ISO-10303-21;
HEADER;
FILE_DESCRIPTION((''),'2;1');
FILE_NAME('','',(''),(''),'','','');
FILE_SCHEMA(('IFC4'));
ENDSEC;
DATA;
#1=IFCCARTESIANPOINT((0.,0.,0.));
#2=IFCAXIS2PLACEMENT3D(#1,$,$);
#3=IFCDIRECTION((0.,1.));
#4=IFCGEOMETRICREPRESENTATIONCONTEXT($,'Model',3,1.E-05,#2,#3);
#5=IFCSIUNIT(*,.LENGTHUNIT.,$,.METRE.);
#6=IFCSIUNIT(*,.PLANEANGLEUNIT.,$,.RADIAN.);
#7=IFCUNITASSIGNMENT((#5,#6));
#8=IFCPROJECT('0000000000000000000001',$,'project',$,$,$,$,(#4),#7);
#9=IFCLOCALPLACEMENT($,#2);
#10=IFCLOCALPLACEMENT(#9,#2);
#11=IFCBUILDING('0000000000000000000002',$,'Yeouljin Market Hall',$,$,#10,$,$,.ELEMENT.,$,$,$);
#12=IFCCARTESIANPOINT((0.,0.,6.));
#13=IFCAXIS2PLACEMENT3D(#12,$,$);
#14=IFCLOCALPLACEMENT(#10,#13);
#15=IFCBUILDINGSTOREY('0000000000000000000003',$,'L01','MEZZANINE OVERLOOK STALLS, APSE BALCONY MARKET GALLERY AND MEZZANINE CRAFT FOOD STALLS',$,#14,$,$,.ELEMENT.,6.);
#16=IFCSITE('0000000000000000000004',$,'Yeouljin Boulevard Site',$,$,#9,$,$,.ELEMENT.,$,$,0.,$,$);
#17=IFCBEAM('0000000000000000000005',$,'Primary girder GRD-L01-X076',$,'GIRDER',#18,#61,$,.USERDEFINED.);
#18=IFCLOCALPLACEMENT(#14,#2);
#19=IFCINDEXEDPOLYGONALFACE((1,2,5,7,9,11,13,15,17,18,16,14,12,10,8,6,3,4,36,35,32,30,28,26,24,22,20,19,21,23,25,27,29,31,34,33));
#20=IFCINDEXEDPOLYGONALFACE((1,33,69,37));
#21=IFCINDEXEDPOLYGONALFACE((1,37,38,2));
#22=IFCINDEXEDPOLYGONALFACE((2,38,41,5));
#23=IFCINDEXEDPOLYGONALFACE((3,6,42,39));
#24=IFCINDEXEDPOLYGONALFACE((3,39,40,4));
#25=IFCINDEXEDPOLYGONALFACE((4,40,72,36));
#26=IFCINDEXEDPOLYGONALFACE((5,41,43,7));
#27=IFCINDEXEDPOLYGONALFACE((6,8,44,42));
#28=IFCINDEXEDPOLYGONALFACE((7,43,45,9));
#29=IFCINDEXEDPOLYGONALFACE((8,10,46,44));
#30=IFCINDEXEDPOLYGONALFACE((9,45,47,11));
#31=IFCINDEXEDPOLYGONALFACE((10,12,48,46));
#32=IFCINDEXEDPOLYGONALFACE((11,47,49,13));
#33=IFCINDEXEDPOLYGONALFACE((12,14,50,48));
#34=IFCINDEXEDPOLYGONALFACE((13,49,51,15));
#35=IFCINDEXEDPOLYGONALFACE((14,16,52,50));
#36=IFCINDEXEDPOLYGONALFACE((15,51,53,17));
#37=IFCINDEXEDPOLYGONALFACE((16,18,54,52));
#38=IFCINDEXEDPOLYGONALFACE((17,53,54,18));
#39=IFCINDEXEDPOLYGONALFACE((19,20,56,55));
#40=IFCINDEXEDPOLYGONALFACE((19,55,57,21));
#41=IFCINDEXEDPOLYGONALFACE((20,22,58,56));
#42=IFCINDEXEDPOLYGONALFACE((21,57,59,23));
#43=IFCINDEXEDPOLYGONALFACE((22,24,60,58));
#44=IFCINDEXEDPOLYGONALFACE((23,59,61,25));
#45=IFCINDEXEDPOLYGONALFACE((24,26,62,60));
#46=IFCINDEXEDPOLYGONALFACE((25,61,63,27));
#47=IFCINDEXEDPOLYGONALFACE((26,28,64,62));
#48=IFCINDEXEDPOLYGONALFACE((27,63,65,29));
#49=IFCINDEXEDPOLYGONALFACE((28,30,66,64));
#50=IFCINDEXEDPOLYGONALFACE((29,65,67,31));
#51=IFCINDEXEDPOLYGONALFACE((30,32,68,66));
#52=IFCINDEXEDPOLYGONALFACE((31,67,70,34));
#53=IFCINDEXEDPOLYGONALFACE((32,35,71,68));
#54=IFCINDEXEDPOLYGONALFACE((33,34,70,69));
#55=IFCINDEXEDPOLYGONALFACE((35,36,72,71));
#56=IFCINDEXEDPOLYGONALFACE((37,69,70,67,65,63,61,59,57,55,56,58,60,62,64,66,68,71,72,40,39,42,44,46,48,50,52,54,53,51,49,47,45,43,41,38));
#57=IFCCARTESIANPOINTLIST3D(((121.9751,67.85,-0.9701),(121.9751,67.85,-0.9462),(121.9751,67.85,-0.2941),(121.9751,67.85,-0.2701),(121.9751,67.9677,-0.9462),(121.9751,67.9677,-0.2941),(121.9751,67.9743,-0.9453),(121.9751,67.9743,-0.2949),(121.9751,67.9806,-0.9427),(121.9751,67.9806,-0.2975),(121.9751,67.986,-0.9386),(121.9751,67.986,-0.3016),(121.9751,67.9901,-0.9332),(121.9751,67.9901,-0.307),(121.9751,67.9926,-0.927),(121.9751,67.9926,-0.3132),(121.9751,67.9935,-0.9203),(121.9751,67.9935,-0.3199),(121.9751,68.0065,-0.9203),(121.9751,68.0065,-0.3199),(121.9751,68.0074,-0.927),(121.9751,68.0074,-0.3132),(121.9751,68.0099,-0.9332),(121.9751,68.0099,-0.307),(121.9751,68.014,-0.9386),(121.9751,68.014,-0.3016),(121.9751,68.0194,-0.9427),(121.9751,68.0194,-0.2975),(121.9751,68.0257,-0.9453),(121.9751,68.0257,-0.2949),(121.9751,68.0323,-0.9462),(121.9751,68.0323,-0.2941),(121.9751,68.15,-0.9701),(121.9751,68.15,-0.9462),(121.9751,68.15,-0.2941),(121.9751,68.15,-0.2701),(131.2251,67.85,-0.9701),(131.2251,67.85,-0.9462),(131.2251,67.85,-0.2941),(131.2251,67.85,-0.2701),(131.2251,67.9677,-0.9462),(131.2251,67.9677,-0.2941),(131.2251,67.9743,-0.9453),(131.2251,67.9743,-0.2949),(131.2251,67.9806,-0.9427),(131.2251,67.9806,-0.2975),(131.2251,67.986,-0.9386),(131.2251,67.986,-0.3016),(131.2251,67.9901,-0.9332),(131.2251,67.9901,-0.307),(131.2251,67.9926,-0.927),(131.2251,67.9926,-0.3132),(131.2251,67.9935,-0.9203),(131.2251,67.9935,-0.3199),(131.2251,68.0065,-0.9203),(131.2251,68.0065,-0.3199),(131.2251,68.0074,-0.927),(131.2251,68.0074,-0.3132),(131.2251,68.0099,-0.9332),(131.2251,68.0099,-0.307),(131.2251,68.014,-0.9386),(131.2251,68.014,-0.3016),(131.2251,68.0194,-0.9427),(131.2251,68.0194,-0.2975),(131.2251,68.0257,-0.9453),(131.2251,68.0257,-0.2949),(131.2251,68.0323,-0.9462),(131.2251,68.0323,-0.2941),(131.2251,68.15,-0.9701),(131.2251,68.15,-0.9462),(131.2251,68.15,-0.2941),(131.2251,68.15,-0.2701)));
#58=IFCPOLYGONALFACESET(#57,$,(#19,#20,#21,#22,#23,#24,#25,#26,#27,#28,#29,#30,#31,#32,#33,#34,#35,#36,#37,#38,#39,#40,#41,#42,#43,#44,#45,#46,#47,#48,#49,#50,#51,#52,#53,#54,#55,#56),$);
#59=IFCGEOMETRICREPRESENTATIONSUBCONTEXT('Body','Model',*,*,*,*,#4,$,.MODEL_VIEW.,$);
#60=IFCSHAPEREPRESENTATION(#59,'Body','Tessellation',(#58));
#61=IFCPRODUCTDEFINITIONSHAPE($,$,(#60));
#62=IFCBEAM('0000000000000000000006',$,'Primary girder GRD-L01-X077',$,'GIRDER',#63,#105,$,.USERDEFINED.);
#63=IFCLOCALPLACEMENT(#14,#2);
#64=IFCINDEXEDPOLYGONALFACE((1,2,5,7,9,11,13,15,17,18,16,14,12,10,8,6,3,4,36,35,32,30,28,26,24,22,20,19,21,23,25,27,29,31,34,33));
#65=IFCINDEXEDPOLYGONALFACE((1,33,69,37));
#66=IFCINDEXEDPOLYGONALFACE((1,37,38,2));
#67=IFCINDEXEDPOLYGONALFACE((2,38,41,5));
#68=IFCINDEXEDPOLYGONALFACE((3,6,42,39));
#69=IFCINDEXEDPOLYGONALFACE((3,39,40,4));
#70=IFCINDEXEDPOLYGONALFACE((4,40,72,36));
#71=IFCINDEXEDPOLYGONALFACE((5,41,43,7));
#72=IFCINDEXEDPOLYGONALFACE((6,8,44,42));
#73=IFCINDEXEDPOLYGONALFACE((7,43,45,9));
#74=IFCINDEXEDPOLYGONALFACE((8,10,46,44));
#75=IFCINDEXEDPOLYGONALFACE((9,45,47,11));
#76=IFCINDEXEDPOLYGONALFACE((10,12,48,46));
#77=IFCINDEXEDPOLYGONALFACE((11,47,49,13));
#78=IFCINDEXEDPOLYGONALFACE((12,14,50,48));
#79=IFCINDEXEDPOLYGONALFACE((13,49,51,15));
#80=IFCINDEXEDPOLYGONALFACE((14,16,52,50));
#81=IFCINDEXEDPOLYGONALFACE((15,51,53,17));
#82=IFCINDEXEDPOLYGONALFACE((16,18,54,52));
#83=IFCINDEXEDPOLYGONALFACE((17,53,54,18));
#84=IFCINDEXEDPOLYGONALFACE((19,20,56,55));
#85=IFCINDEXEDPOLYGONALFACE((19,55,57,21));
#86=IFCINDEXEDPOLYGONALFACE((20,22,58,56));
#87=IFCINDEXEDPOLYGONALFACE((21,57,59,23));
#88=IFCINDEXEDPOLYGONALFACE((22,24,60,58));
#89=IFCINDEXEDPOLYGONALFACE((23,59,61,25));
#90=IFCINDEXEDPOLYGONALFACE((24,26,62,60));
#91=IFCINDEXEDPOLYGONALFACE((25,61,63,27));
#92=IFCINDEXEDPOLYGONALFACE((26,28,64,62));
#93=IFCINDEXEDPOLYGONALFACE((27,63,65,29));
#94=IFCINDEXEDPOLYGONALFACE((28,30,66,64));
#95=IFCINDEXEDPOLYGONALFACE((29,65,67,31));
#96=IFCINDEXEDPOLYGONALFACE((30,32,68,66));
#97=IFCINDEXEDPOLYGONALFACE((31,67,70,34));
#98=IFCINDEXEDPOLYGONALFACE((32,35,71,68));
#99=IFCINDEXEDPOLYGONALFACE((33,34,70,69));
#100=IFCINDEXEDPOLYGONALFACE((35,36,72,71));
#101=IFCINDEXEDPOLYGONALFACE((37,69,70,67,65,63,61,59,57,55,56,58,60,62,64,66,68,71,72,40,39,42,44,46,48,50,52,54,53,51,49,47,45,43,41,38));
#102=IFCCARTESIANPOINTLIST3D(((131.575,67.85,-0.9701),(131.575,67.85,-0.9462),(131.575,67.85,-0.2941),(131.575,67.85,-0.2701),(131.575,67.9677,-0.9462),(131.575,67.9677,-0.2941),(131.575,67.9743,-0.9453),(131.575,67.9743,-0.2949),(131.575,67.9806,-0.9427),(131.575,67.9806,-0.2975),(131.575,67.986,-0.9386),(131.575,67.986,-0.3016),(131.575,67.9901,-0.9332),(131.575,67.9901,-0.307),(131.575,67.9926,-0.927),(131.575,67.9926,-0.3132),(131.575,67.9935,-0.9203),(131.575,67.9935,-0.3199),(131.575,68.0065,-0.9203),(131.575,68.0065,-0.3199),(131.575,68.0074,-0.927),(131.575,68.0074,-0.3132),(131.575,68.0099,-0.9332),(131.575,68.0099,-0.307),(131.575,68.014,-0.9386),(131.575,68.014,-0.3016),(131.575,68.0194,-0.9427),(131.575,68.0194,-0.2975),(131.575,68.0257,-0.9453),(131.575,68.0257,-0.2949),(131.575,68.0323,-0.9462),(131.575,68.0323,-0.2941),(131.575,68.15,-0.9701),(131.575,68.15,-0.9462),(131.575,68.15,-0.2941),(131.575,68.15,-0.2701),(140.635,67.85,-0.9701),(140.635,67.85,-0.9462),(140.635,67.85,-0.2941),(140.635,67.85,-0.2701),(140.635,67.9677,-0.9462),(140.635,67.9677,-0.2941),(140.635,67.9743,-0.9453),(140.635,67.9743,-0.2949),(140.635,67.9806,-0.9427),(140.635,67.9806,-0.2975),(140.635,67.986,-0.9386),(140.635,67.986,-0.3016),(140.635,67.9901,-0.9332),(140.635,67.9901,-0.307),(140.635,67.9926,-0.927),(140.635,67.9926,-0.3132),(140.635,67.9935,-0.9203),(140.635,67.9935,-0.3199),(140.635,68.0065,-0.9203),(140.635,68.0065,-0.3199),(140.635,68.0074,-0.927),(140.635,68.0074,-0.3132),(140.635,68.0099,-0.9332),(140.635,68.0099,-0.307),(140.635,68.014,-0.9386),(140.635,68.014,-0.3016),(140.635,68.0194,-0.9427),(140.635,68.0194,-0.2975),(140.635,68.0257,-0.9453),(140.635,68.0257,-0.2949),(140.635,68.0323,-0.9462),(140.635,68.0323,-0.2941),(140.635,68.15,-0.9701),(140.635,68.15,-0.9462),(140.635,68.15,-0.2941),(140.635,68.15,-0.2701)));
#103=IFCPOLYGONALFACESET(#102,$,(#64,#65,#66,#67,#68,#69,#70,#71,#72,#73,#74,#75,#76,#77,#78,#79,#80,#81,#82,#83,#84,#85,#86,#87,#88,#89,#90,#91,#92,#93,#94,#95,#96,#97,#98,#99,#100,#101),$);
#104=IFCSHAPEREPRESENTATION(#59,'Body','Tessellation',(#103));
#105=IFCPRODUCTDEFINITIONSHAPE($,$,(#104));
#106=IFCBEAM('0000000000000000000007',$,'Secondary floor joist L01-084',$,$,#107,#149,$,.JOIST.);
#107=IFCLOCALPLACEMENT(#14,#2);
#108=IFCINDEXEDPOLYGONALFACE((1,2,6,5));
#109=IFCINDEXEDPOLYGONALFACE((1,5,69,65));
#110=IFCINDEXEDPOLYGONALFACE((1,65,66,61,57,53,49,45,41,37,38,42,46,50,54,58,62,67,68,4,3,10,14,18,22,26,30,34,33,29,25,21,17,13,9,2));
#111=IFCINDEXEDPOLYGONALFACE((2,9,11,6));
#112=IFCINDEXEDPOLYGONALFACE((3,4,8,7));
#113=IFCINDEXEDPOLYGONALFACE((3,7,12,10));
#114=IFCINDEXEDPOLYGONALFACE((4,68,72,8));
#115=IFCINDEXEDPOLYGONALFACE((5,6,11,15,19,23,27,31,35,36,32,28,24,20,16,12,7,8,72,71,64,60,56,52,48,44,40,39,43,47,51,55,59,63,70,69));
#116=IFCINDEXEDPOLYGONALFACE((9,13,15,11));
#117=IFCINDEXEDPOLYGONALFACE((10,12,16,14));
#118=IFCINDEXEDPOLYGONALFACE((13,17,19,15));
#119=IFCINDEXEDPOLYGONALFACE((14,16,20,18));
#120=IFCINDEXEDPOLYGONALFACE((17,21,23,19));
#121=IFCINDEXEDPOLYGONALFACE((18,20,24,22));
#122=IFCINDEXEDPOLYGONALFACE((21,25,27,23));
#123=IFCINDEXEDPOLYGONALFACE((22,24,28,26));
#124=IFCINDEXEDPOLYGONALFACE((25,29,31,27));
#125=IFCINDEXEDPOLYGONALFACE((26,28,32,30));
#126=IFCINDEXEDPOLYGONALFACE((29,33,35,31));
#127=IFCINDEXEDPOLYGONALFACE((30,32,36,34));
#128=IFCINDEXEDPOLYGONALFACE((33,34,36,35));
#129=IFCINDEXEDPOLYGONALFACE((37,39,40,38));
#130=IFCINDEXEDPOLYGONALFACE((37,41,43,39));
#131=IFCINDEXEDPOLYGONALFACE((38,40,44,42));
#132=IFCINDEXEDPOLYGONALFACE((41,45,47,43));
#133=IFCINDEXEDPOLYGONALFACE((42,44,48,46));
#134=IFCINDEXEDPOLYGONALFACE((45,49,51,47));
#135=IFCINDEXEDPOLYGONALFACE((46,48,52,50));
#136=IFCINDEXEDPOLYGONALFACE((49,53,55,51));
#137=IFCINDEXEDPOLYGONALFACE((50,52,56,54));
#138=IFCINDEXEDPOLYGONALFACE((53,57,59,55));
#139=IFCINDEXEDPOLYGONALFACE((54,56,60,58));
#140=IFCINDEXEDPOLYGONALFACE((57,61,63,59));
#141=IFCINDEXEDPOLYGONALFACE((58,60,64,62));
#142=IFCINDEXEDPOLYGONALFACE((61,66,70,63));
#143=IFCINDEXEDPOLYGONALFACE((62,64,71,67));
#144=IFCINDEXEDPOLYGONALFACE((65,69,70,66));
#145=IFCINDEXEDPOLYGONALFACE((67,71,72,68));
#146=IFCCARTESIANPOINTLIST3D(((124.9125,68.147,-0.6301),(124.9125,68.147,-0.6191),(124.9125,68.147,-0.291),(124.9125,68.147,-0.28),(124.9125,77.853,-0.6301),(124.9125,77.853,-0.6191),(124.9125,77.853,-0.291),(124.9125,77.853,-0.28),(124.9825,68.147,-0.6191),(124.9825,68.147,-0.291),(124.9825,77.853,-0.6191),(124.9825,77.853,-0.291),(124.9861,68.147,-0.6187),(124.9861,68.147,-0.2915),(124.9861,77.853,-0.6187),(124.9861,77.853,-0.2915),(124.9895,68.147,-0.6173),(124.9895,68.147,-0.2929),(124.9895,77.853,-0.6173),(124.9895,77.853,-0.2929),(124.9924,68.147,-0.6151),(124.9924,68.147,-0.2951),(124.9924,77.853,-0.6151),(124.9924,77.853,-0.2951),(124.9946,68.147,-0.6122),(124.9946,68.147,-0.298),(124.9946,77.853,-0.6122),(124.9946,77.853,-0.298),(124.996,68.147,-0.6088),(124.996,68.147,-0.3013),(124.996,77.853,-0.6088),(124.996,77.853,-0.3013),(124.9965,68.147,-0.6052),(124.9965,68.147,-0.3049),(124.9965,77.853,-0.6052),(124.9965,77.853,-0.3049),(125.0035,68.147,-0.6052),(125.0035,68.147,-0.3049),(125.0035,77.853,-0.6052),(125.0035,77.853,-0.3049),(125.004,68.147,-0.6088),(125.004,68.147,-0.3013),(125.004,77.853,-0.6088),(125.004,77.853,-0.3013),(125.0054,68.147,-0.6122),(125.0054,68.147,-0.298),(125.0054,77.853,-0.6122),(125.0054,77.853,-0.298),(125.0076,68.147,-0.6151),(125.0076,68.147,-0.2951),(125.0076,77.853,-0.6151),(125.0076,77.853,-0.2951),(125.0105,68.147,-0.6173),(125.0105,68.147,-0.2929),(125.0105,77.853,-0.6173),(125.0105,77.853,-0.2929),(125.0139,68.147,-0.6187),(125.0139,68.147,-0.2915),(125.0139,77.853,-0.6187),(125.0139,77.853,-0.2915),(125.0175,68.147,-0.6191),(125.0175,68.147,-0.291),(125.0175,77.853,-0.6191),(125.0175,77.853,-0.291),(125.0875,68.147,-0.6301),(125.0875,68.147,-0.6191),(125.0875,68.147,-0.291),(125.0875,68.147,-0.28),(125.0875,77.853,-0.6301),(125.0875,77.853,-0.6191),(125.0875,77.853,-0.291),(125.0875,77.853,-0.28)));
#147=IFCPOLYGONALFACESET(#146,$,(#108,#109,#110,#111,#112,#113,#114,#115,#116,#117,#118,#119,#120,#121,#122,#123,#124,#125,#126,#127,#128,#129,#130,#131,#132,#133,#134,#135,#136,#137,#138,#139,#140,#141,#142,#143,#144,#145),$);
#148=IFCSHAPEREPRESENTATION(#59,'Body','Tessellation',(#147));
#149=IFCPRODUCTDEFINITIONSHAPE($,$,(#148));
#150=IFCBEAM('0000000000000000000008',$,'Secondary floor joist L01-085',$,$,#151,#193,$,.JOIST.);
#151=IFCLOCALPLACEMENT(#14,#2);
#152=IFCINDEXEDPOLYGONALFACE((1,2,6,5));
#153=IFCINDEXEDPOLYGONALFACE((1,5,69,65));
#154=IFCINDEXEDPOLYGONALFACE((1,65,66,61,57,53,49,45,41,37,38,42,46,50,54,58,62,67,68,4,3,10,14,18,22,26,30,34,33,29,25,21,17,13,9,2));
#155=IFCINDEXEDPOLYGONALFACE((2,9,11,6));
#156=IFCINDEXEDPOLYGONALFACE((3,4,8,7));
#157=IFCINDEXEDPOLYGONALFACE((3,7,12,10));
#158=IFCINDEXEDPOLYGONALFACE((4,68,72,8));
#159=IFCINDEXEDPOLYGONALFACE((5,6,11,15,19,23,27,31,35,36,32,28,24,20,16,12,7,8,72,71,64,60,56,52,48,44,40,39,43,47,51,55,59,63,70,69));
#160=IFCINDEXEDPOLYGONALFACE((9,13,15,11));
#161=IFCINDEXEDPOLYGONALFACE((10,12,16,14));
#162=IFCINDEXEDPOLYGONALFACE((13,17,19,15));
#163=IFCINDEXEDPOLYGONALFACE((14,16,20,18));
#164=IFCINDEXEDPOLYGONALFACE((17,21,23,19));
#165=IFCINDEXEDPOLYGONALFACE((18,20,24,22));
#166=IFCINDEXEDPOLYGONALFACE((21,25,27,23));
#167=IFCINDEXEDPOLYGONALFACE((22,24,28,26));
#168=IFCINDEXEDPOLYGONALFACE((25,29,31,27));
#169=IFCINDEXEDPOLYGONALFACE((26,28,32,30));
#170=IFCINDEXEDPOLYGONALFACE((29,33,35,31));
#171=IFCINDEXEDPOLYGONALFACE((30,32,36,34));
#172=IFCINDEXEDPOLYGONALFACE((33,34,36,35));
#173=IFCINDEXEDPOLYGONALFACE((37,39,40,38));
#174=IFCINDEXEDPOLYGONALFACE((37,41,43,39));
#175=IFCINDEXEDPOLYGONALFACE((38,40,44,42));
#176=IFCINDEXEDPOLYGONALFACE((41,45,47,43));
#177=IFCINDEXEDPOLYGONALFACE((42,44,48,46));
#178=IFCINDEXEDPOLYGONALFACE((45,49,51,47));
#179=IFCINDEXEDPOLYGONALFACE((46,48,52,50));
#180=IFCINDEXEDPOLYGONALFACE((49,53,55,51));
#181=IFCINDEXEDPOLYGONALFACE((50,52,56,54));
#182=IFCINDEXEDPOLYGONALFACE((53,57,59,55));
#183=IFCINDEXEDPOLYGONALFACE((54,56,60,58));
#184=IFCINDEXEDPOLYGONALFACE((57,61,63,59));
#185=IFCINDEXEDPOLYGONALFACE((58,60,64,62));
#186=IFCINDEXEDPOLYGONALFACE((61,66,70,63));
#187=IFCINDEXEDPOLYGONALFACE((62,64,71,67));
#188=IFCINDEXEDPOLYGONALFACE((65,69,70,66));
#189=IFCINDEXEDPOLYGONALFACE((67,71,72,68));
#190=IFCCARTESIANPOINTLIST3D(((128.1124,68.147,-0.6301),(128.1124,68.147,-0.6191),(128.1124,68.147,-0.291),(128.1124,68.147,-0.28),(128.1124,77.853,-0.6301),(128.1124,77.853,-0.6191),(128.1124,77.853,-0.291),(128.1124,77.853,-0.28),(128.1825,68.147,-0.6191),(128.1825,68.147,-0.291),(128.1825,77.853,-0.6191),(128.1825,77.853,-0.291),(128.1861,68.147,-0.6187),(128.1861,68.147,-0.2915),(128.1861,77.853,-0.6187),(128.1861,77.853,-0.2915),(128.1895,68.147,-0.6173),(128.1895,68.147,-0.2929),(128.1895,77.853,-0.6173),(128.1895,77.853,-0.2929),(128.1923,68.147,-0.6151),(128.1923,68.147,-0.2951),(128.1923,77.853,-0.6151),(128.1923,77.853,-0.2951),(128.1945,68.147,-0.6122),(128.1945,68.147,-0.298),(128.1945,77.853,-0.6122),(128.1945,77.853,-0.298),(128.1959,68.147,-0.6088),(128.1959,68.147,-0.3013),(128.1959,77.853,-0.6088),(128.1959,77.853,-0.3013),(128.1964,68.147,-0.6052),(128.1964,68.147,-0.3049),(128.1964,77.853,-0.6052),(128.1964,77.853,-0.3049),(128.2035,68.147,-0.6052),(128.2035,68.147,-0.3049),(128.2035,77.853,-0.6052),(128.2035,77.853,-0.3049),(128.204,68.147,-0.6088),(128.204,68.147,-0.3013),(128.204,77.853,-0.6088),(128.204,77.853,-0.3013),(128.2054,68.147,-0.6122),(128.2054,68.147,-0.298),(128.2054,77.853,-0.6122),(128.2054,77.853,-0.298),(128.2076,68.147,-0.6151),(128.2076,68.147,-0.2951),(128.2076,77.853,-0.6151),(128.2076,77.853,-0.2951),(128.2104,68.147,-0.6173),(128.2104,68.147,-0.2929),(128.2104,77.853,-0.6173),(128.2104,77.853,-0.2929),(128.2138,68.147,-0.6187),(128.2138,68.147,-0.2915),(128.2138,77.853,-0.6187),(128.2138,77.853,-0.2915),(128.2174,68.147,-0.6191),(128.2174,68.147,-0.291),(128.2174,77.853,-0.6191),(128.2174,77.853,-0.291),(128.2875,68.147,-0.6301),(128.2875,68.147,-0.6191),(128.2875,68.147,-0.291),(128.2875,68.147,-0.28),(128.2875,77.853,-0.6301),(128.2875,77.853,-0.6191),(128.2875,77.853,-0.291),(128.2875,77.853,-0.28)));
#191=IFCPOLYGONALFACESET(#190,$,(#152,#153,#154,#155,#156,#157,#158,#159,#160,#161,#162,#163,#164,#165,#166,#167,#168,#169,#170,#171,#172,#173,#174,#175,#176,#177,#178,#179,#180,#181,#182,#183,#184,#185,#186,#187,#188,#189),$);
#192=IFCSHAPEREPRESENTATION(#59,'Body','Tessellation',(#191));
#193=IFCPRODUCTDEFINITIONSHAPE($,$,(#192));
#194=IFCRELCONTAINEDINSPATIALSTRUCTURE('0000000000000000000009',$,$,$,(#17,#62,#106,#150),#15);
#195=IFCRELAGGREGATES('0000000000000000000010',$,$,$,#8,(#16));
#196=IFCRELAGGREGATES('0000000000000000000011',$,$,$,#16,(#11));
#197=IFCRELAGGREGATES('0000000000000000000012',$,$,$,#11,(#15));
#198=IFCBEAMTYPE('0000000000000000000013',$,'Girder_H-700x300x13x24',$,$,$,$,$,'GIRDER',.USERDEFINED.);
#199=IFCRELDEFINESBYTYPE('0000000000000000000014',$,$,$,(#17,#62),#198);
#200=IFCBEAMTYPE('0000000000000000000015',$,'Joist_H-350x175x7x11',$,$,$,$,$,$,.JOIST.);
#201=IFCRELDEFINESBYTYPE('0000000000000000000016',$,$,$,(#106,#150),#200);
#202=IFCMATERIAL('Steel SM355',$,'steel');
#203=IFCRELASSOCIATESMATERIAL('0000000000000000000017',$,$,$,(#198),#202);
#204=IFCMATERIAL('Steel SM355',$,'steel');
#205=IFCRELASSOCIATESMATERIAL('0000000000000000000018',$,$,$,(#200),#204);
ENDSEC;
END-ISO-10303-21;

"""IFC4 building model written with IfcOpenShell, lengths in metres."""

from ifc_helpers import new_model, si_unit, direction, frame, origin, origin_2d, place, context, subcontext, project, spatial, i_section, extrude, material, material_profile, profile_set, type_object, element, save


model = new_model("IFC4")

# Units and contexts
model_context = context("Model", 3, precision=1e-05, world=origin(), true_north=direction((0.0, 1.0)))
body_context = subcontext(model_context, "Body", "Model", "MODEL_VIEW")
ifc_project = project(units=[si_unit("LENGTHUNIT", "METRE"), si_unit("PLANEANGLEUNIT", "RADIAN")], contexts=[model_context])

# Site, building, storey
site_placement = place(None, origin())
site = spatial("IfcSite", under=ifc_project, at=site_placement, Name="Yeouljin Boulevard Site", CompositionType="ELEMENT", RefElevation=0.0)
building_placement = place(site_placement, origin())
building = spatial("IfcBuilding", under=site, at=building_placement, Name="Yeouljin Market Hall", CompositionType="ELEMENT")
storey_placement = place(building_placement, frame((0.0, 0.0, 6.0)))
storey = spatial("IfcBuildingStorey", under=building, at=storey_placement, Name="L01", Description="MEZZANINE OVERLOOK STALLS, APSE BALCONY MARKET GALLERY AND MEZZANINE CRAFT FOOD STALLS", CompositionType="ELEMENT", Elevation=6.0)

# Beams
ifc_material_1 = material(Name="Steel SM355", Category="steel")
ifc_material_profile_1 = material_profile(ifc_material_1, i_section(OverallWidth=0.3, OverallDepth=0.7, WebThickness=0.0129, FlangeThickness=0.0239, FilletRadius=0.0259, at=origin_2d()), Name="H-700x300x13x24")
ifc_profile_set_1 = profile_set([ifc_material_profile_1], Name="Steel SM355")
beam_type_1 = type_object("IfcBeamType", Name="Girder_H-700x300x13x24", ElementType="GIRDER", PredefinedType="USERDEFINED", material=ifc_profile_set_1)
beam_1_placement = place(storey_placement, frame((121.9751, 68.0, -0.6201), z_axis=(1.0, 0.0, 0.0), x_axis=(0.0, 1.0, 0.0)))
element("IfcBeam", 1, at=beam_1_placement, inside=storey, type_object=beam_type_1, Name="Primary girder GRD-L01-X076", ObjectType="GIRDER", PredefinedType="USERDEFINED", context=body_context, shape_type="SweptSolid", body=[
    extrude(i_section(OverallWidth=0.3, OverallDepth=0.7, WebThickness=0.0129, FlangeThickness=0.0239, FilletRadius=0.0259, at=origin_2d()), origin(), (0.0, 0.0, 1.0), 9.25),
])
beam_2_placement = place(storey_placement, frame((131.575, 68.0, -0.6201), z_axis=(1.0, 0.0, 0.0), x_axis=(0.0, 1.0, 0.0)))
element("IfcBeam", 2, at=beam_2_placement, inside=storey, type_object=beam_type_1, Name="Primary girder GRD-L01-X077", ObjectType="GIRDER", PredefinedType="USERDEFINED", context=body_context, shape_type="SweptSolid", body=[
    extrude(i_section(OverallWidth=0.3, OverallDepth=0.7, WebThickness=0.0129, FlangeThickness=0.0239, FilletRadius=0.0259, at=origin_2d()), origin(), (0.0, 0.0, 1.0), 9.0601),
])
ifc_material_2 = material(Name="Steel SM355", Category="steel")
ifc_material_profile_2 = material_profile(ifc_material_2, i_section(OverallWidth=0.175, OverallDepth=0.3501, WebThickness=0.0071, FlangeThickness=0.011, FilletRadius=0.0139, at=origin_2d()), Name="H-350x175x7x11")
ifc_profile_set_2 = profile_set([ifc_material_profile_2], Name="Steel SM355")
beam_type_2 = type_object("IfcBeamType", Name="Joist_H-350x175x7x11", PredefinedType="JOIST", material=ifc_profile_set_2)
for number, where, z_axis, x_axis, name in (
    (3, (125.0, 68.147, -0.4551), (0.0, 1.0, 0.0), (-1.0, 0.0, 0.0), "Secondary floor joist L01-084"),
    (4, (128.2, 68.147, -0.4551), (0.0, 1.0, 0.0), (-1.0, 0.0, 0.0), "Secondary floor joist L01-085"),
):
    element("IfcBeam", number, at=place(storey_placement, frame(where, z_axis=z_axis, x_axis=x_axis)), inside=storey, type_object=beam_type_2, Name=name, PredefinedType="JOIST", context=body_context, shape_type="SweptSolid", body=[
        extrude(i_section(OverallWidth=0.175, OverallDepth=0.3501, WebThickness=0.0071, FlangeThickness=0.011, FilletRadius=0.0139, at=origin_2d()), origin(), (0.0, 0.0, 1.0), 9.7061),
    ])

save(model, "model.ifc")
